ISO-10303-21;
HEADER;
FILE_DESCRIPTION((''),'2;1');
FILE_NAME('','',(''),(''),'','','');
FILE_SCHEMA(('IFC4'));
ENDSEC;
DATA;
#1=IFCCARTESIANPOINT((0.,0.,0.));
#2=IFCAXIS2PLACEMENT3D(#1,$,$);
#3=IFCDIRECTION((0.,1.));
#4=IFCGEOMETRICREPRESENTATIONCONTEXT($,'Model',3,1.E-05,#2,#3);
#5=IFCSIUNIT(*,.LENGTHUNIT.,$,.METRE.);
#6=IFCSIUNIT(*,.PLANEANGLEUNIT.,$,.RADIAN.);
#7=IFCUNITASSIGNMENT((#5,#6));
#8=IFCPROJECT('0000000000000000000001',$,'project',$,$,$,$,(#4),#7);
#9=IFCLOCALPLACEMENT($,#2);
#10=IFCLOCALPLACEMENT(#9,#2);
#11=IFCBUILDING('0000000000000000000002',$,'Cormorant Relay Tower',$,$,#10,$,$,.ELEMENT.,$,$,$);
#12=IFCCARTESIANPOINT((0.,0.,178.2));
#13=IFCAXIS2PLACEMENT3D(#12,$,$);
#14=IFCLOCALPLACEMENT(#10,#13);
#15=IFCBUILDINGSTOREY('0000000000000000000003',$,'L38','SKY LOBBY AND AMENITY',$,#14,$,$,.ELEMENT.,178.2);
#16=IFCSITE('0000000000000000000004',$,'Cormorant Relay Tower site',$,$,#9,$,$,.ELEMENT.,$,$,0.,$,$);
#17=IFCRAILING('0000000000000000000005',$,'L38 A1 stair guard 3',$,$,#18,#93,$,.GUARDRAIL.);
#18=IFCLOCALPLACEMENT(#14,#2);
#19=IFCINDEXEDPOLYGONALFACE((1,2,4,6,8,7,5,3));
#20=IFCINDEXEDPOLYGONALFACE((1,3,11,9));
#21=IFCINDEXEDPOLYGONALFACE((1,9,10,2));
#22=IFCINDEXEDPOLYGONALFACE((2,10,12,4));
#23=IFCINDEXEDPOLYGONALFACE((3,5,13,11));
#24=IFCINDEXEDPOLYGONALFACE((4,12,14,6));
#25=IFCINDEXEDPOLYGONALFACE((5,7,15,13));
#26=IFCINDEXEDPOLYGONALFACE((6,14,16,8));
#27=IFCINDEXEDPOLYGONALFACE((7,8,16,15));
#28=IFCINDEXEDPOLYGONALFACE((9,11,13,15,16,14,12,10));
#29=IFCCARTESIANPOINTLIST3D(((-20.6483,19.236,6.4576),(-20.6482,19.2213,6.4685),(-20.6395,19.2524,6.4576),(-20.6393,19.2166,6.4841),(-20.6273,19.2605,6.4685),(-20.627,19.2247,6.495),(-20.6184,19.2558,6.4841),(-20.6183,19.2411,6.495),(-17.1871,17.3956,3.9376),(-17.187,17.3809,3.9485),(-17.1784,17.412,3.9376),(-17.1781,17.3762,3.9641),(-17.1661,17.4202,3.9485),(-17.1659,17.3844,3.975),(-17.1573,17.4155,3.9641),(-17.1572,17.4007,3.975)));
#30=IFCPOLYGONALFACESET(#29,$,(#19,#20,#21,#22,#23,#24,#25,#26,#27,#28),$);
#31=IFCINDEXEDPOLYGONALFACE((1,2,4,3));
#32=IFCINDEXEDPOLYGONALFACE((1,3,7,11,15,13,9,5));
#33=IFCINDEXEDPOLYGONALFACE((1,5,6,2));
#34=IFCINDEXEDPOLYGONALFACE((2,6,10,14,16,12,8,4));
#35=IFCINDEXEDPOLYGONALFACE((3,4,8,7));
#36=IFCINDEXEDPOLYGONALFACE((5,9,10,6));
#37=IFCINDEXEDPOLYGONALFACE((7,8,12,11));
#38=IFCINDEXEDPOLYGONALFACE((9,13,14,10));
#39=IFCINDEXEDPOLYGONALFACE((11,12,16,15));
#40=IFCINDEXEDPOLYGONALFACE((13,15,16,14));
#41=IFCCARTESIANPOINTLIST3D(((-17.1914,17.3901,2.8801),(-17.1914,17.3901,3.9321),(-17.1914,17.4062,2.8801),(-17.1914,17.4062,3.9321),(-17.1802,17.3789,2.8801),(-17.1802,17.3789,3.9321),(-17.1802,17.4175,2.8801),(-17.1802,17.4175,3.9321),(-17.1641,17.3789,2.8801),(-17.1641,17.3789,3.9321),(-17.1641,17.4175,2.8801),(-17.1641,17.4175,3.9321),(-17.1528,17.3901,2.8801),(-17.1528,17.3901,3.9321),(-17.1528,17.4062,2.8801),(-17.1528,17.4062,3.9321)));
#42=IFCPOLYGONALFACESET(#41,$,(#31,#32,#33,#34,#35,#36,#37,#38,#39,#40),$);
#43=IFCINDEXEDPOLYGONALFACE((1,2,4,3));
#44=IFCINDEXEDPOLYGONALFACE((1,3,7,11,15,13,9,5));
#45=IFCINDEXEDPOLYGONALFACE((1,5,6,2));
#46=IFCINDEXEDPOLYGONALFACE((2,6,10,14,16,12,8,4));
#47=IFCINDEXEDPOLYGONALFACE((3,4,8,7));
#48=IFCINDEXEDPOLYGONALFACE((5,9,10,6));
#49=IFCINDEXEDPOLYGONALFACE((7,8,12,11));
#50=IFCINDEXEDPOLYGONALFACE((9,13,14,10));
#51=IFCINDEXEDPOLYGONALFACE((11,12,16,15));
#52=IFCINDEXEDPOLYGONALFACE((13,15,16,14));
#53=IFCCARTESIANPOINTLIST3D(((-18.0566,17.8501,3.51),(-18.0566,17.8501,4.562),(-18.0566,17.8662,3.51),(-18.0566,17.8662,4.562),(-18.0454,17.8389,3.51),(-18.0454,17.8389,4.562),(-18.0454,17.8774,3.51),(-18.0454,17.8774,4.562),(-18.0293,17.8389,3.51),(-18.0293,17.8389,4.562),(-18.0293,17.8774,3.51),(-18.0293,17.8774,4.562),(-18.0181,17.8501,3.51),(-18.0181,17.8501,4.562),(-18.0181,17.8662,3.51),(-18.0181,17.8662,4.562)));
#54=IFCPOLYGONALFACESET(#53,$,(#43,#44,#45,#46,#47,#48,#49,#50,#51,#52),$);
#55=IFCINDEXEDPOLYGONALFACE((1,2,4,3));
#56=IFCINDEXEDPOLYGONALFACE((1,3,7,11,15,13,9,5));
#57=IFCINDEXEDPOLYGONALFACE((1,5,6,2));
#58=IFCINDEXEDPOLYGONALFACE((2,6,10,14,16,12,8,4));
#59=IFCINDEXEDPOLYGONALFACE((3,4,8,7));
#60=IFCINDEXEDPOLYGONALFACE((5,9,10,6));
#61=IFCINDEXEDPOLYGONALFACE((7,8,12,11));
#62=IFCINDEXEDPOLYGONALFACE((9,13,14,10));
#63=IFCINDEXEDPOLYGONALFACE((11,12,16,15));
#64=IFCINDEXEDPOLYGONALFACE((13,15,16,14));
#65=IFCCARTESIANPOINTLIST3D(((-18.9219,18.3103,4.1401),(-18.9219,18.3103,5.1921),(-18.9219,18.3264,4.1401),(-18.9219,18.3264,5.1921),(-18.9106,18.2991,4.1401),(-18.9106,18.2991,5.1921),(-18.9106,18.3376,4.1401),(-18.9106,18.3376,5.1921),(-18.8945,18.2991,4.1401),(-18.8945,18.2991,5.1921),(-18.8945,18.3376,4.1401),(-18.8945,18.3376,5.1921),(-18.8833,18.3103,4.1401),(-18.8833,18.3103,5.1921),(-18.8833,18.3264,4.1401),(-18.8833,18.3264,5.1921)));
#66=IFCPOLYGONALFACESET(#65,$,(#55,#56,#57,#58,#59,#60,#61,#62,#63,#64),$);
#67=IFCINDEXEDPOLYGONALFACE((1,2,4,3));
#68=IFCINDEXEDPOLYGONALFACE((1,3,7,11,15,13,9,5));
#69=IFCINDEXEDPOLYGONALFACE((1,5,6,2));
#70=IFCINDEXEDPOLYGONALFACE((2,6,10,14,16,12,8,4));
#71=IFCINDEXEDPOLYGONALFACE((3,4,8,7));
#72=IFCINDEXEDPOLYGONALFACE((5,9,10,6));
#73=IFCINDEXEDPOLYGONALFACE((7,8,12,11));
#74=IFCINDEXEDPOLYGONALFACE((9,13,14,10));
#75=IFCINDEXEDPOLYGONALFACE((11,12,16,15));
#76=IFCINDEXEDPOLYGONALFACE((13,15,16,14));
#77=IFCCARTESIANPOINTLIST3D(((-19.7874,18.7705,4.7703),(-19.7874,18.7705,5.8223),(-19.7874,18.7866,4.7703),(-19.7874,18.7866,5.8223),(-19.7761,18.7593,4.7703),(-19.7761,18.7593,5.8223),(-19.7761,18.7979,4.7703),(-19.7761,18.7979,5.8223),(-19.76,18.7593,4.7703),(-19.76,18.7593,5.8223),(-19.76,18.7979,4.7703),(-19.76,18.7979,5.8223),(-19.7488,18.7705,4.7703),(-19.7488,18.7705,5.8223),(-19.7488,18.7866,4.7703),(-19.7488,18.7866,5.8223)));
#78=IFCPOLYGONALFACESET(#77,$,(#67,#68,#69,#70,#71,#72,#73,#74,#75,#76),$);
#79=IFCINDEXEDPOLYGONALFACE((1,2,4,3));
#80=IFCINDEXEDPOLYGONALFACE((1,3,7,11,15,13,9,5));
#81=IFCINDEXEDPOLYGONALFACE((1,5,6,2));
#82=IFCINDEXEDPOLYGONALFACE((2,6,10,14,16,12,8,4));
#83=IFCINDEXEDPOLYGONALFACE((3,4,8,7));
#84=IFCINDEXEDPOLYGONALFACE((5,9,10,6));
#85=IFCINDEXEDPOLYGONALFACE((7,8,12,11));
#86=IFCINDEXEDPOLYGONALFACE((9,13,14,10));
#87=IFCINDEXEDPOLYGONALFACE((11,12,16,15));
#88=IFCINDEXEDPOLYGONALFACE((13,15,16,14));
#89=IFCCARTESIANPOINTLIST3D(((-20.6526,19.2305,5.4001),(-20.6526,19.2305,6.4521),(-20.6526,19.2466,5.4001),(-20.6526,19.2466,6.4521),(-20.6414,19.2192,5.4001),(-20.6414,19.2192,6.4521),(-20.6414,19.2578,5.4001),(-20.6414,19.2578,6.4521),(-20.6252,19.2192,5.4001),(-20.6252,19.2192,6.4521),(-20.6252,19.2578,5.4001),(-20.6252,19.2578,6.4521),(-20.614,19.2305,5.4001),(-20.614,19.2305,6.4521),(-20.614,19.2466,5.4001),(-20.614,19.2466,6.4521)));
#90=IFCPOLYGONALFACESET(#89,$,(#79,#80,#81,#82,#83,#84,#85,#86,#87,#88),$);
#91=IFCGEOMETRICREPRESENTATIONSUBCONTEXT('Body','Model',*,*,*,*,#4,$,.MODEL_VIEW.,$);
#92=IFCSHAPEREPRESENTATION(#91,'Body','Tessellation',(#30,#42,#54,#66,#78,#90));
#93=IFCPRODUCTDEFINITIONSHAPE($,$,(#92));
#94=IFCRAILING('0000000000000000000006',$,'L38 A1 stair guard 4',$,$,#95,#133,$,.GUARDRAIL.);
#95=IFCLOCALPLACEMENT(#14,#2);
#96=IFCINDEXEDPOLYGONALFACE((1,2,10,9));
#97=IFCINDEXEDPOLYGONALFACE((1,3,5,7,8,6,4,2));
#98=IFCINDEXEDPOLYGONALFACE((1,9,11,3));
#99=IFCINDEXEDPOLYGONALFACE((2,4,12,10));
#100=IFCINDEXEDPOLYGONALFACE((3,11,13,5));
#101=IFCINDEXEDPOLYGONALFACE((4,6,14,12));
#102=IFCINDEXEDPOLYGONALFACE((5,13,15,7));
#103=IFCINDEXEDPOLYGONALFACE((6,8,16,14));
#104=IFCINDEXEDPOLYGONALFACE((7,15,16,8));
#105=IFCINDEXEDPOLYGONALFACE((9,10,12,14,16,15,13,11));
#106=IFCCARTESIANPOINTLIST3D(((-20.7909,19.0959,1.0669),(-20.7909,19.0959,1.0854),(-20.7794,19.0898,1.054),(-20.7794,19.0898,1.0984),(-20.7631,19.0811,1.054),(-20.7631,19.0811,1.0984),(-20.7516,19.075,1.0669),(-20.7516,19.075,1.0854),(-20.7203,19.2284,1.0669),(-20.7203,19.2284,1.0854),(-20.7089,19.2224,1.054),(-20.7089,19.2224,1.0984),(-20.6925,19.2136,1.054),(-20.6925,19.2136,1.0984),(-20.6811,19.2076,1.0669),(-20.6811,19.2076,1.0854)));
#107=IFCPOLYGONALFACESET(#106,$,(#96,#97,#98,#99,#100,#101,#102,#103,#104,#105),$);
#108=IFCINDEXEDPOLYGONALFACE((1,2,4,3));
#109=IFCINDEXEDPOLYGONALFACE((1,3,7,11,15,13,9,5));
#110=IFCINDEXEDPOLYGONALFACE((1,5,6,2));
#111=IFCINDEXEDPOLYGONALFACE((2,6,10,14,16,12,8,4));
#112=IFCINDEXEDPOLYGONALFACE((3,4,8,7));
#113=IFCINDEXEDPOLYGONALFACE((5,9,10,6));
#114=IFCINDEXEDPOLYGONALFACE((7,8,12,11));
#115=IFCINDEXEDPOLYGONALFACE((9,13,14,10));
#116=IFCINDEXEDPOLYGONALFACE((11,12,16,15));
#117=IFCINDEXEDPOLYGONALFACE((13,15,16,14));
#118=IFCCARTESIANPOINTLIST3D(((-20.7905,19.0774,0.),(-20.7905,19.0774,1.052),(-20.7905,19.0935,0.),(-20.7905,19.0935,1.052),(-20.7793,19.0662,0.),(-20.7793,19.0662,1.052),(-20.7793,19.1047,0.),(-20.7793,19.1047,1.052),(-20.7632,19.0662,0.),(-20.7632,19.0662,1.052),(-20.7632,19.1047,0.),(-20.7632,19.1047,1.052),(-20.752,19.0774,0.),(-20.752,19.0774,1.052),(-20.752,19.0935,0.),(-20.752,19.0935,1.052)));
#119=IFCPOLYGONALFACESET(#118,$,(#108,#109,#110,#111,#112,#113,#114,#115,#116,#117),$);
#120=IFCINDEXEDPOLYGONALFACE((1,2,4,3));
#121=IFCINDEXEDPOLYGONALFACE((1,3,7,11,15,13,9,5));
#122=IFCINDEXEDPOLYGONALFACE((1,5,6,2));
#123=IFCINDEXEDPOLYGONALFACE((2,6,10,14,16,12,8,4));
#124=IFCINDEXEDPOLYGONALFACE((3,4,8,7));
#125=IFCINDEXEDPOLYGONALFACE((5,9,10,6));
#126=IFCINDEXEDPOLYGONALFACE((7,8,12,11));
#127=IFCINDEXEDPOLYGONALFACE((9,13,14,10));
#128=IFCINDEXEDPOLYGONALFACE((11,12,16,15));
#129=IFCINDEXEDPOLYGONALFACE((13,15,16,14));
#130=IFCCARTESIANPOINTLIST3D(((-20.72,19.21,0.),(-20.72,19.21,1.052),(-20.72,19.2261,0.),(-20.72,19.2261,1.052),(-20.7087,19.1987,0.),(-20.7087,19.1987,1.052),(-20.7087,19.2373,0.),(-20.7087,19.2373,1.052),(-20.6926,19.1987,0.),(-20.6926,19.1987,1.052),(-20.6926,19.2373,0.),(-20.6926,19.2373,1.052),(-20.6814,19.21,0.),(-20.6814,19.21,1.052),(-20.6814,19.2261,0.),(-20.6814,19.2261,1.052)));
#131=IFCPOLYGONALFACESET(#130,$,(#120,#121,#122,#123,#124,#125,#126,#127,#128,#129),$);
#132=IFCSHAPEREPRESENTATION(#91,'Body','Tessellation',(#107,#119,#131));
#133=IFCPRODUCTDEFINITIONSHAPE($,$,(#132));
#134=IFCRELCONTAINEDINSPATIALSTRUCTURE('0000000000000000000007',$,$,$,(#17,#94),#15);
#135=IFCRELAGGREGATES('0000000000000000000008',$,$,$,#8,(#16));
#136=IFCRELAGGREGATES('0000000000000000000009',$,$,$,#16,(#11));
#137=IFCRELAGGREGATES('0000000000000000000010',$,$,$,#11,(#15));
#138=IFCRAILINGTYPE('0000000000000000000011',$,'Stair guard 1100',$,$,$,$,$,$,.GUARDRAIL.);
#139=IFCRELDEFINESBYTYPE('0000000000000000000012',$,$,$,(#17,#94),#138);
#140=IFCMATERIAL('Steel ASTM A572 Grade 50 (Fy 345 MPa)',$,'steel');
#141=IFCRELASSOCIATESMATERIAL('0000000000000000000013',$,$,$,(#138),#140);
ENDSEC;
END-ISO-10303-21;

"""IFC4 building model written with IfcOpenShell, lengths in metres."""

from ifc_helpers import new_model, si_unit, direction, frame, origin, place, context, subcontext, project, spatial, polyline, outline, extrude, material, type_object, element, save


model = new_model("IFC4")

# Units and contexts
model_context = context("Model", 3, precision=1e-05, world=origin(), true_north=direction((0.0, 1.0)))
body_context = subcontext(model_context, "Body", "Model", "MODEL_VIEW")
ifc_project = project(units=[si_unit("LENGTHUNIT", "METRE"), si_unit("PLANEANGLEUNIT", "RADIAN")], contexts=[model_context])

# Site, building, storey
site_placement = place(None, origin())
site = spatial("IfcSite", under=ifc_project, at=site_placement, Name="Cormorant Relay Tower site", CompositionType="ELEMENT", RefElevation=0.0)
building_placement = place(site_placement, origin())
building = spatial("IfcBuilding", under=site, at=building_placement, Name="Cormorant Relay Tower", CompositionType="ELEMENT")
storey_placement = place(building_placement, frame((0.0, 0.0, 178.2)))
storey = spatial("IfcBuildingStorey", under=building, at=storey_placement, Name="L38", Description="SKY LOBBY AND AMENITY", CompositionType="ELEMENT", Elevation=178.2)

# Railings
ifc_material_1 = material(Name="Steel ASTM A572 Grade 50 (Fy 345 MPa)", Category="steel")
railing_type_1 = type_object("IfcRailingType", Name="Stair guard 1100", PredefinedType="GUARDRAIL", material=ifc_material_1)
railing_1_placement = place(storey_placement, frame((-17.1721, 17.3982, 2.8801)))
element("IfcRailing", 1, at=railing_1_placement, inside=storey, type_object=railing_type_1, Name="L38 A1 stair guard 3", PredefinedType="GUARDRAIL", context=body_context, shape_type="SweptSolid", body=[
    extrude(outline(polyline([(0.0222, 0.0093), (0.0093, 0.0222), (-0.0093, 0.0222), (-0.0222, 0.0093), (-0.0222, -0.0093), (-0.0093, -0.0222), (0.0093, -0.0222), (0.0222, -0.0093), (0.0222, 0.0093)])), frame((0.0, 0.0, 1.0762), z_axis=(-0.742717, 0.394907, 0.540758), x_axis=(-0.469469, -0.882949, 0.0)), (0.0, 0.0, 1.0), 4.6602),
    extrude(outline(polyline([(0.0193, 0.0081), (0.0081, 0.0193), (-0.0081, 0.0193), (-0.0193, 0.0081), (-0.0193, -0.0081), (-0.0081, -0.0193), (0.0081, -0.0193), (0.0193, -0.0081), (0.0193, 0.0081)])), origin(), (0.0, 0.0, 1.0), 1.052),
    extrude(outline(polyline([(0.0193, 0.0081), (0.0081, 0.0193), (-0.0081, 0.0193), (-0.0193, 0.0081), (-0.0193, -0.0081), (-0.0081, -0.0193), (0.0081, -0.0193), (0.0193, -0.0081), (0.0193, 0.0081)])), frame((-0.8652, 0.46, 0.6299)), (0.0, 0.0, 1.0), 1.052),
    extrude(outline(polyline([(0.0193, 0.0081), (0.0081, 0.0193), (-0.0081, 0.0193), (-0.0193, 0.0081), (-0.0193, -0.0081), (-0.0081, -0.0193), (0.0081, -0.0193), (0.0193, -0.0081), (0.0193, 0.0081)])), frame((-1.7305, 0.9202, 1.26)), (0.0, 0.0, 1.0), 1.052),
    extrude(outline(polyline([(0.0193, 0.0081), (0.0081, 0.0193), (-0.0081, 0.0193), (-0.0193, 0.0081), (-0.0193, -0.0081), (-0.0081, -0.0193), (0.0081, -0.0193), (0.0193, -0.0081), (0.0193, 0.0081)])), frame((-2.5959, 1.3804, 1.8901)), (0.0, 0.0, 1.0), 1.052),
    extrude(outline(polyline([(0.0193, 0.0081), (0.0081, 0.0193), (-0.0081, 0.0193), (-0.0193, 0.0081), (-0.0193, -0.0081), (-0.0081, -0.0193), (0.0081, -0.0193), (0.0193, -0.0081), (0.0193, 0.0081)])), frame((-3.4612, 1.8403, 2.52)), (0.0, 0.0, 1.0), 1.052),
])
railing_2_placement = place(storey_placement, frame((-20.7712, 19.0854, 0.0)))
element("IfcRailing", 2, at=railing_2_placement, inside=storey, type_object=railing_type_1, Name="L38 A1 stair guard 4", PredefinedType="GUARDRAIL", context=body_context, shape_type="SweptSolid", body=[
    extrude(outline(polyline([(0.0222, 0.0093), (0.0093, 0.0222), (-0.0093, 0.0222), (-0.0222, 0.0093), (-0.0222, -0.0093), (-0.0093, -0.0222), (0.0093, -0.0222), (0.0222, -0.0093), (0.0222, 0.0093)])), frame((0.0, 0.0, 1.0762), z_axis=(0.469829, 0.882758, 0.0), x_axis=(-0.882758, 0.469829, 0.0)), (0.0, 0.0, 1.0), 0.1501),
    extrude(outline(polyline([(0.0193, 0.0081), (0.0081, 0.0193), (-0.0081, 0.0193), (-0.0193, 0.0081), (-0.0193, -0.0081), (-0.0081, -0.0193), (0.0081, -0.0193), (0.0193, -0.0081), (0.0193, 0.0081)])), origin(), (0.0, 0.0, 1.0), 1.052),
    extrude(outline(polyline([(0.0193, 0.0081), (0.0081, 0.0193), (-0.0081, 0.0193), (-0.0193, 0.0081), (-0.0193, -0.0081), (-0.0081, -0.0193), (0.0081, -0.0193), (0.0193, -0.0081), (0.0193, 0.0081)])), frame((0.0706, 0.1326, 0.0)), (0.0, 0.0, 1.0), 1.052),
])

save(model, "model.ifc")
